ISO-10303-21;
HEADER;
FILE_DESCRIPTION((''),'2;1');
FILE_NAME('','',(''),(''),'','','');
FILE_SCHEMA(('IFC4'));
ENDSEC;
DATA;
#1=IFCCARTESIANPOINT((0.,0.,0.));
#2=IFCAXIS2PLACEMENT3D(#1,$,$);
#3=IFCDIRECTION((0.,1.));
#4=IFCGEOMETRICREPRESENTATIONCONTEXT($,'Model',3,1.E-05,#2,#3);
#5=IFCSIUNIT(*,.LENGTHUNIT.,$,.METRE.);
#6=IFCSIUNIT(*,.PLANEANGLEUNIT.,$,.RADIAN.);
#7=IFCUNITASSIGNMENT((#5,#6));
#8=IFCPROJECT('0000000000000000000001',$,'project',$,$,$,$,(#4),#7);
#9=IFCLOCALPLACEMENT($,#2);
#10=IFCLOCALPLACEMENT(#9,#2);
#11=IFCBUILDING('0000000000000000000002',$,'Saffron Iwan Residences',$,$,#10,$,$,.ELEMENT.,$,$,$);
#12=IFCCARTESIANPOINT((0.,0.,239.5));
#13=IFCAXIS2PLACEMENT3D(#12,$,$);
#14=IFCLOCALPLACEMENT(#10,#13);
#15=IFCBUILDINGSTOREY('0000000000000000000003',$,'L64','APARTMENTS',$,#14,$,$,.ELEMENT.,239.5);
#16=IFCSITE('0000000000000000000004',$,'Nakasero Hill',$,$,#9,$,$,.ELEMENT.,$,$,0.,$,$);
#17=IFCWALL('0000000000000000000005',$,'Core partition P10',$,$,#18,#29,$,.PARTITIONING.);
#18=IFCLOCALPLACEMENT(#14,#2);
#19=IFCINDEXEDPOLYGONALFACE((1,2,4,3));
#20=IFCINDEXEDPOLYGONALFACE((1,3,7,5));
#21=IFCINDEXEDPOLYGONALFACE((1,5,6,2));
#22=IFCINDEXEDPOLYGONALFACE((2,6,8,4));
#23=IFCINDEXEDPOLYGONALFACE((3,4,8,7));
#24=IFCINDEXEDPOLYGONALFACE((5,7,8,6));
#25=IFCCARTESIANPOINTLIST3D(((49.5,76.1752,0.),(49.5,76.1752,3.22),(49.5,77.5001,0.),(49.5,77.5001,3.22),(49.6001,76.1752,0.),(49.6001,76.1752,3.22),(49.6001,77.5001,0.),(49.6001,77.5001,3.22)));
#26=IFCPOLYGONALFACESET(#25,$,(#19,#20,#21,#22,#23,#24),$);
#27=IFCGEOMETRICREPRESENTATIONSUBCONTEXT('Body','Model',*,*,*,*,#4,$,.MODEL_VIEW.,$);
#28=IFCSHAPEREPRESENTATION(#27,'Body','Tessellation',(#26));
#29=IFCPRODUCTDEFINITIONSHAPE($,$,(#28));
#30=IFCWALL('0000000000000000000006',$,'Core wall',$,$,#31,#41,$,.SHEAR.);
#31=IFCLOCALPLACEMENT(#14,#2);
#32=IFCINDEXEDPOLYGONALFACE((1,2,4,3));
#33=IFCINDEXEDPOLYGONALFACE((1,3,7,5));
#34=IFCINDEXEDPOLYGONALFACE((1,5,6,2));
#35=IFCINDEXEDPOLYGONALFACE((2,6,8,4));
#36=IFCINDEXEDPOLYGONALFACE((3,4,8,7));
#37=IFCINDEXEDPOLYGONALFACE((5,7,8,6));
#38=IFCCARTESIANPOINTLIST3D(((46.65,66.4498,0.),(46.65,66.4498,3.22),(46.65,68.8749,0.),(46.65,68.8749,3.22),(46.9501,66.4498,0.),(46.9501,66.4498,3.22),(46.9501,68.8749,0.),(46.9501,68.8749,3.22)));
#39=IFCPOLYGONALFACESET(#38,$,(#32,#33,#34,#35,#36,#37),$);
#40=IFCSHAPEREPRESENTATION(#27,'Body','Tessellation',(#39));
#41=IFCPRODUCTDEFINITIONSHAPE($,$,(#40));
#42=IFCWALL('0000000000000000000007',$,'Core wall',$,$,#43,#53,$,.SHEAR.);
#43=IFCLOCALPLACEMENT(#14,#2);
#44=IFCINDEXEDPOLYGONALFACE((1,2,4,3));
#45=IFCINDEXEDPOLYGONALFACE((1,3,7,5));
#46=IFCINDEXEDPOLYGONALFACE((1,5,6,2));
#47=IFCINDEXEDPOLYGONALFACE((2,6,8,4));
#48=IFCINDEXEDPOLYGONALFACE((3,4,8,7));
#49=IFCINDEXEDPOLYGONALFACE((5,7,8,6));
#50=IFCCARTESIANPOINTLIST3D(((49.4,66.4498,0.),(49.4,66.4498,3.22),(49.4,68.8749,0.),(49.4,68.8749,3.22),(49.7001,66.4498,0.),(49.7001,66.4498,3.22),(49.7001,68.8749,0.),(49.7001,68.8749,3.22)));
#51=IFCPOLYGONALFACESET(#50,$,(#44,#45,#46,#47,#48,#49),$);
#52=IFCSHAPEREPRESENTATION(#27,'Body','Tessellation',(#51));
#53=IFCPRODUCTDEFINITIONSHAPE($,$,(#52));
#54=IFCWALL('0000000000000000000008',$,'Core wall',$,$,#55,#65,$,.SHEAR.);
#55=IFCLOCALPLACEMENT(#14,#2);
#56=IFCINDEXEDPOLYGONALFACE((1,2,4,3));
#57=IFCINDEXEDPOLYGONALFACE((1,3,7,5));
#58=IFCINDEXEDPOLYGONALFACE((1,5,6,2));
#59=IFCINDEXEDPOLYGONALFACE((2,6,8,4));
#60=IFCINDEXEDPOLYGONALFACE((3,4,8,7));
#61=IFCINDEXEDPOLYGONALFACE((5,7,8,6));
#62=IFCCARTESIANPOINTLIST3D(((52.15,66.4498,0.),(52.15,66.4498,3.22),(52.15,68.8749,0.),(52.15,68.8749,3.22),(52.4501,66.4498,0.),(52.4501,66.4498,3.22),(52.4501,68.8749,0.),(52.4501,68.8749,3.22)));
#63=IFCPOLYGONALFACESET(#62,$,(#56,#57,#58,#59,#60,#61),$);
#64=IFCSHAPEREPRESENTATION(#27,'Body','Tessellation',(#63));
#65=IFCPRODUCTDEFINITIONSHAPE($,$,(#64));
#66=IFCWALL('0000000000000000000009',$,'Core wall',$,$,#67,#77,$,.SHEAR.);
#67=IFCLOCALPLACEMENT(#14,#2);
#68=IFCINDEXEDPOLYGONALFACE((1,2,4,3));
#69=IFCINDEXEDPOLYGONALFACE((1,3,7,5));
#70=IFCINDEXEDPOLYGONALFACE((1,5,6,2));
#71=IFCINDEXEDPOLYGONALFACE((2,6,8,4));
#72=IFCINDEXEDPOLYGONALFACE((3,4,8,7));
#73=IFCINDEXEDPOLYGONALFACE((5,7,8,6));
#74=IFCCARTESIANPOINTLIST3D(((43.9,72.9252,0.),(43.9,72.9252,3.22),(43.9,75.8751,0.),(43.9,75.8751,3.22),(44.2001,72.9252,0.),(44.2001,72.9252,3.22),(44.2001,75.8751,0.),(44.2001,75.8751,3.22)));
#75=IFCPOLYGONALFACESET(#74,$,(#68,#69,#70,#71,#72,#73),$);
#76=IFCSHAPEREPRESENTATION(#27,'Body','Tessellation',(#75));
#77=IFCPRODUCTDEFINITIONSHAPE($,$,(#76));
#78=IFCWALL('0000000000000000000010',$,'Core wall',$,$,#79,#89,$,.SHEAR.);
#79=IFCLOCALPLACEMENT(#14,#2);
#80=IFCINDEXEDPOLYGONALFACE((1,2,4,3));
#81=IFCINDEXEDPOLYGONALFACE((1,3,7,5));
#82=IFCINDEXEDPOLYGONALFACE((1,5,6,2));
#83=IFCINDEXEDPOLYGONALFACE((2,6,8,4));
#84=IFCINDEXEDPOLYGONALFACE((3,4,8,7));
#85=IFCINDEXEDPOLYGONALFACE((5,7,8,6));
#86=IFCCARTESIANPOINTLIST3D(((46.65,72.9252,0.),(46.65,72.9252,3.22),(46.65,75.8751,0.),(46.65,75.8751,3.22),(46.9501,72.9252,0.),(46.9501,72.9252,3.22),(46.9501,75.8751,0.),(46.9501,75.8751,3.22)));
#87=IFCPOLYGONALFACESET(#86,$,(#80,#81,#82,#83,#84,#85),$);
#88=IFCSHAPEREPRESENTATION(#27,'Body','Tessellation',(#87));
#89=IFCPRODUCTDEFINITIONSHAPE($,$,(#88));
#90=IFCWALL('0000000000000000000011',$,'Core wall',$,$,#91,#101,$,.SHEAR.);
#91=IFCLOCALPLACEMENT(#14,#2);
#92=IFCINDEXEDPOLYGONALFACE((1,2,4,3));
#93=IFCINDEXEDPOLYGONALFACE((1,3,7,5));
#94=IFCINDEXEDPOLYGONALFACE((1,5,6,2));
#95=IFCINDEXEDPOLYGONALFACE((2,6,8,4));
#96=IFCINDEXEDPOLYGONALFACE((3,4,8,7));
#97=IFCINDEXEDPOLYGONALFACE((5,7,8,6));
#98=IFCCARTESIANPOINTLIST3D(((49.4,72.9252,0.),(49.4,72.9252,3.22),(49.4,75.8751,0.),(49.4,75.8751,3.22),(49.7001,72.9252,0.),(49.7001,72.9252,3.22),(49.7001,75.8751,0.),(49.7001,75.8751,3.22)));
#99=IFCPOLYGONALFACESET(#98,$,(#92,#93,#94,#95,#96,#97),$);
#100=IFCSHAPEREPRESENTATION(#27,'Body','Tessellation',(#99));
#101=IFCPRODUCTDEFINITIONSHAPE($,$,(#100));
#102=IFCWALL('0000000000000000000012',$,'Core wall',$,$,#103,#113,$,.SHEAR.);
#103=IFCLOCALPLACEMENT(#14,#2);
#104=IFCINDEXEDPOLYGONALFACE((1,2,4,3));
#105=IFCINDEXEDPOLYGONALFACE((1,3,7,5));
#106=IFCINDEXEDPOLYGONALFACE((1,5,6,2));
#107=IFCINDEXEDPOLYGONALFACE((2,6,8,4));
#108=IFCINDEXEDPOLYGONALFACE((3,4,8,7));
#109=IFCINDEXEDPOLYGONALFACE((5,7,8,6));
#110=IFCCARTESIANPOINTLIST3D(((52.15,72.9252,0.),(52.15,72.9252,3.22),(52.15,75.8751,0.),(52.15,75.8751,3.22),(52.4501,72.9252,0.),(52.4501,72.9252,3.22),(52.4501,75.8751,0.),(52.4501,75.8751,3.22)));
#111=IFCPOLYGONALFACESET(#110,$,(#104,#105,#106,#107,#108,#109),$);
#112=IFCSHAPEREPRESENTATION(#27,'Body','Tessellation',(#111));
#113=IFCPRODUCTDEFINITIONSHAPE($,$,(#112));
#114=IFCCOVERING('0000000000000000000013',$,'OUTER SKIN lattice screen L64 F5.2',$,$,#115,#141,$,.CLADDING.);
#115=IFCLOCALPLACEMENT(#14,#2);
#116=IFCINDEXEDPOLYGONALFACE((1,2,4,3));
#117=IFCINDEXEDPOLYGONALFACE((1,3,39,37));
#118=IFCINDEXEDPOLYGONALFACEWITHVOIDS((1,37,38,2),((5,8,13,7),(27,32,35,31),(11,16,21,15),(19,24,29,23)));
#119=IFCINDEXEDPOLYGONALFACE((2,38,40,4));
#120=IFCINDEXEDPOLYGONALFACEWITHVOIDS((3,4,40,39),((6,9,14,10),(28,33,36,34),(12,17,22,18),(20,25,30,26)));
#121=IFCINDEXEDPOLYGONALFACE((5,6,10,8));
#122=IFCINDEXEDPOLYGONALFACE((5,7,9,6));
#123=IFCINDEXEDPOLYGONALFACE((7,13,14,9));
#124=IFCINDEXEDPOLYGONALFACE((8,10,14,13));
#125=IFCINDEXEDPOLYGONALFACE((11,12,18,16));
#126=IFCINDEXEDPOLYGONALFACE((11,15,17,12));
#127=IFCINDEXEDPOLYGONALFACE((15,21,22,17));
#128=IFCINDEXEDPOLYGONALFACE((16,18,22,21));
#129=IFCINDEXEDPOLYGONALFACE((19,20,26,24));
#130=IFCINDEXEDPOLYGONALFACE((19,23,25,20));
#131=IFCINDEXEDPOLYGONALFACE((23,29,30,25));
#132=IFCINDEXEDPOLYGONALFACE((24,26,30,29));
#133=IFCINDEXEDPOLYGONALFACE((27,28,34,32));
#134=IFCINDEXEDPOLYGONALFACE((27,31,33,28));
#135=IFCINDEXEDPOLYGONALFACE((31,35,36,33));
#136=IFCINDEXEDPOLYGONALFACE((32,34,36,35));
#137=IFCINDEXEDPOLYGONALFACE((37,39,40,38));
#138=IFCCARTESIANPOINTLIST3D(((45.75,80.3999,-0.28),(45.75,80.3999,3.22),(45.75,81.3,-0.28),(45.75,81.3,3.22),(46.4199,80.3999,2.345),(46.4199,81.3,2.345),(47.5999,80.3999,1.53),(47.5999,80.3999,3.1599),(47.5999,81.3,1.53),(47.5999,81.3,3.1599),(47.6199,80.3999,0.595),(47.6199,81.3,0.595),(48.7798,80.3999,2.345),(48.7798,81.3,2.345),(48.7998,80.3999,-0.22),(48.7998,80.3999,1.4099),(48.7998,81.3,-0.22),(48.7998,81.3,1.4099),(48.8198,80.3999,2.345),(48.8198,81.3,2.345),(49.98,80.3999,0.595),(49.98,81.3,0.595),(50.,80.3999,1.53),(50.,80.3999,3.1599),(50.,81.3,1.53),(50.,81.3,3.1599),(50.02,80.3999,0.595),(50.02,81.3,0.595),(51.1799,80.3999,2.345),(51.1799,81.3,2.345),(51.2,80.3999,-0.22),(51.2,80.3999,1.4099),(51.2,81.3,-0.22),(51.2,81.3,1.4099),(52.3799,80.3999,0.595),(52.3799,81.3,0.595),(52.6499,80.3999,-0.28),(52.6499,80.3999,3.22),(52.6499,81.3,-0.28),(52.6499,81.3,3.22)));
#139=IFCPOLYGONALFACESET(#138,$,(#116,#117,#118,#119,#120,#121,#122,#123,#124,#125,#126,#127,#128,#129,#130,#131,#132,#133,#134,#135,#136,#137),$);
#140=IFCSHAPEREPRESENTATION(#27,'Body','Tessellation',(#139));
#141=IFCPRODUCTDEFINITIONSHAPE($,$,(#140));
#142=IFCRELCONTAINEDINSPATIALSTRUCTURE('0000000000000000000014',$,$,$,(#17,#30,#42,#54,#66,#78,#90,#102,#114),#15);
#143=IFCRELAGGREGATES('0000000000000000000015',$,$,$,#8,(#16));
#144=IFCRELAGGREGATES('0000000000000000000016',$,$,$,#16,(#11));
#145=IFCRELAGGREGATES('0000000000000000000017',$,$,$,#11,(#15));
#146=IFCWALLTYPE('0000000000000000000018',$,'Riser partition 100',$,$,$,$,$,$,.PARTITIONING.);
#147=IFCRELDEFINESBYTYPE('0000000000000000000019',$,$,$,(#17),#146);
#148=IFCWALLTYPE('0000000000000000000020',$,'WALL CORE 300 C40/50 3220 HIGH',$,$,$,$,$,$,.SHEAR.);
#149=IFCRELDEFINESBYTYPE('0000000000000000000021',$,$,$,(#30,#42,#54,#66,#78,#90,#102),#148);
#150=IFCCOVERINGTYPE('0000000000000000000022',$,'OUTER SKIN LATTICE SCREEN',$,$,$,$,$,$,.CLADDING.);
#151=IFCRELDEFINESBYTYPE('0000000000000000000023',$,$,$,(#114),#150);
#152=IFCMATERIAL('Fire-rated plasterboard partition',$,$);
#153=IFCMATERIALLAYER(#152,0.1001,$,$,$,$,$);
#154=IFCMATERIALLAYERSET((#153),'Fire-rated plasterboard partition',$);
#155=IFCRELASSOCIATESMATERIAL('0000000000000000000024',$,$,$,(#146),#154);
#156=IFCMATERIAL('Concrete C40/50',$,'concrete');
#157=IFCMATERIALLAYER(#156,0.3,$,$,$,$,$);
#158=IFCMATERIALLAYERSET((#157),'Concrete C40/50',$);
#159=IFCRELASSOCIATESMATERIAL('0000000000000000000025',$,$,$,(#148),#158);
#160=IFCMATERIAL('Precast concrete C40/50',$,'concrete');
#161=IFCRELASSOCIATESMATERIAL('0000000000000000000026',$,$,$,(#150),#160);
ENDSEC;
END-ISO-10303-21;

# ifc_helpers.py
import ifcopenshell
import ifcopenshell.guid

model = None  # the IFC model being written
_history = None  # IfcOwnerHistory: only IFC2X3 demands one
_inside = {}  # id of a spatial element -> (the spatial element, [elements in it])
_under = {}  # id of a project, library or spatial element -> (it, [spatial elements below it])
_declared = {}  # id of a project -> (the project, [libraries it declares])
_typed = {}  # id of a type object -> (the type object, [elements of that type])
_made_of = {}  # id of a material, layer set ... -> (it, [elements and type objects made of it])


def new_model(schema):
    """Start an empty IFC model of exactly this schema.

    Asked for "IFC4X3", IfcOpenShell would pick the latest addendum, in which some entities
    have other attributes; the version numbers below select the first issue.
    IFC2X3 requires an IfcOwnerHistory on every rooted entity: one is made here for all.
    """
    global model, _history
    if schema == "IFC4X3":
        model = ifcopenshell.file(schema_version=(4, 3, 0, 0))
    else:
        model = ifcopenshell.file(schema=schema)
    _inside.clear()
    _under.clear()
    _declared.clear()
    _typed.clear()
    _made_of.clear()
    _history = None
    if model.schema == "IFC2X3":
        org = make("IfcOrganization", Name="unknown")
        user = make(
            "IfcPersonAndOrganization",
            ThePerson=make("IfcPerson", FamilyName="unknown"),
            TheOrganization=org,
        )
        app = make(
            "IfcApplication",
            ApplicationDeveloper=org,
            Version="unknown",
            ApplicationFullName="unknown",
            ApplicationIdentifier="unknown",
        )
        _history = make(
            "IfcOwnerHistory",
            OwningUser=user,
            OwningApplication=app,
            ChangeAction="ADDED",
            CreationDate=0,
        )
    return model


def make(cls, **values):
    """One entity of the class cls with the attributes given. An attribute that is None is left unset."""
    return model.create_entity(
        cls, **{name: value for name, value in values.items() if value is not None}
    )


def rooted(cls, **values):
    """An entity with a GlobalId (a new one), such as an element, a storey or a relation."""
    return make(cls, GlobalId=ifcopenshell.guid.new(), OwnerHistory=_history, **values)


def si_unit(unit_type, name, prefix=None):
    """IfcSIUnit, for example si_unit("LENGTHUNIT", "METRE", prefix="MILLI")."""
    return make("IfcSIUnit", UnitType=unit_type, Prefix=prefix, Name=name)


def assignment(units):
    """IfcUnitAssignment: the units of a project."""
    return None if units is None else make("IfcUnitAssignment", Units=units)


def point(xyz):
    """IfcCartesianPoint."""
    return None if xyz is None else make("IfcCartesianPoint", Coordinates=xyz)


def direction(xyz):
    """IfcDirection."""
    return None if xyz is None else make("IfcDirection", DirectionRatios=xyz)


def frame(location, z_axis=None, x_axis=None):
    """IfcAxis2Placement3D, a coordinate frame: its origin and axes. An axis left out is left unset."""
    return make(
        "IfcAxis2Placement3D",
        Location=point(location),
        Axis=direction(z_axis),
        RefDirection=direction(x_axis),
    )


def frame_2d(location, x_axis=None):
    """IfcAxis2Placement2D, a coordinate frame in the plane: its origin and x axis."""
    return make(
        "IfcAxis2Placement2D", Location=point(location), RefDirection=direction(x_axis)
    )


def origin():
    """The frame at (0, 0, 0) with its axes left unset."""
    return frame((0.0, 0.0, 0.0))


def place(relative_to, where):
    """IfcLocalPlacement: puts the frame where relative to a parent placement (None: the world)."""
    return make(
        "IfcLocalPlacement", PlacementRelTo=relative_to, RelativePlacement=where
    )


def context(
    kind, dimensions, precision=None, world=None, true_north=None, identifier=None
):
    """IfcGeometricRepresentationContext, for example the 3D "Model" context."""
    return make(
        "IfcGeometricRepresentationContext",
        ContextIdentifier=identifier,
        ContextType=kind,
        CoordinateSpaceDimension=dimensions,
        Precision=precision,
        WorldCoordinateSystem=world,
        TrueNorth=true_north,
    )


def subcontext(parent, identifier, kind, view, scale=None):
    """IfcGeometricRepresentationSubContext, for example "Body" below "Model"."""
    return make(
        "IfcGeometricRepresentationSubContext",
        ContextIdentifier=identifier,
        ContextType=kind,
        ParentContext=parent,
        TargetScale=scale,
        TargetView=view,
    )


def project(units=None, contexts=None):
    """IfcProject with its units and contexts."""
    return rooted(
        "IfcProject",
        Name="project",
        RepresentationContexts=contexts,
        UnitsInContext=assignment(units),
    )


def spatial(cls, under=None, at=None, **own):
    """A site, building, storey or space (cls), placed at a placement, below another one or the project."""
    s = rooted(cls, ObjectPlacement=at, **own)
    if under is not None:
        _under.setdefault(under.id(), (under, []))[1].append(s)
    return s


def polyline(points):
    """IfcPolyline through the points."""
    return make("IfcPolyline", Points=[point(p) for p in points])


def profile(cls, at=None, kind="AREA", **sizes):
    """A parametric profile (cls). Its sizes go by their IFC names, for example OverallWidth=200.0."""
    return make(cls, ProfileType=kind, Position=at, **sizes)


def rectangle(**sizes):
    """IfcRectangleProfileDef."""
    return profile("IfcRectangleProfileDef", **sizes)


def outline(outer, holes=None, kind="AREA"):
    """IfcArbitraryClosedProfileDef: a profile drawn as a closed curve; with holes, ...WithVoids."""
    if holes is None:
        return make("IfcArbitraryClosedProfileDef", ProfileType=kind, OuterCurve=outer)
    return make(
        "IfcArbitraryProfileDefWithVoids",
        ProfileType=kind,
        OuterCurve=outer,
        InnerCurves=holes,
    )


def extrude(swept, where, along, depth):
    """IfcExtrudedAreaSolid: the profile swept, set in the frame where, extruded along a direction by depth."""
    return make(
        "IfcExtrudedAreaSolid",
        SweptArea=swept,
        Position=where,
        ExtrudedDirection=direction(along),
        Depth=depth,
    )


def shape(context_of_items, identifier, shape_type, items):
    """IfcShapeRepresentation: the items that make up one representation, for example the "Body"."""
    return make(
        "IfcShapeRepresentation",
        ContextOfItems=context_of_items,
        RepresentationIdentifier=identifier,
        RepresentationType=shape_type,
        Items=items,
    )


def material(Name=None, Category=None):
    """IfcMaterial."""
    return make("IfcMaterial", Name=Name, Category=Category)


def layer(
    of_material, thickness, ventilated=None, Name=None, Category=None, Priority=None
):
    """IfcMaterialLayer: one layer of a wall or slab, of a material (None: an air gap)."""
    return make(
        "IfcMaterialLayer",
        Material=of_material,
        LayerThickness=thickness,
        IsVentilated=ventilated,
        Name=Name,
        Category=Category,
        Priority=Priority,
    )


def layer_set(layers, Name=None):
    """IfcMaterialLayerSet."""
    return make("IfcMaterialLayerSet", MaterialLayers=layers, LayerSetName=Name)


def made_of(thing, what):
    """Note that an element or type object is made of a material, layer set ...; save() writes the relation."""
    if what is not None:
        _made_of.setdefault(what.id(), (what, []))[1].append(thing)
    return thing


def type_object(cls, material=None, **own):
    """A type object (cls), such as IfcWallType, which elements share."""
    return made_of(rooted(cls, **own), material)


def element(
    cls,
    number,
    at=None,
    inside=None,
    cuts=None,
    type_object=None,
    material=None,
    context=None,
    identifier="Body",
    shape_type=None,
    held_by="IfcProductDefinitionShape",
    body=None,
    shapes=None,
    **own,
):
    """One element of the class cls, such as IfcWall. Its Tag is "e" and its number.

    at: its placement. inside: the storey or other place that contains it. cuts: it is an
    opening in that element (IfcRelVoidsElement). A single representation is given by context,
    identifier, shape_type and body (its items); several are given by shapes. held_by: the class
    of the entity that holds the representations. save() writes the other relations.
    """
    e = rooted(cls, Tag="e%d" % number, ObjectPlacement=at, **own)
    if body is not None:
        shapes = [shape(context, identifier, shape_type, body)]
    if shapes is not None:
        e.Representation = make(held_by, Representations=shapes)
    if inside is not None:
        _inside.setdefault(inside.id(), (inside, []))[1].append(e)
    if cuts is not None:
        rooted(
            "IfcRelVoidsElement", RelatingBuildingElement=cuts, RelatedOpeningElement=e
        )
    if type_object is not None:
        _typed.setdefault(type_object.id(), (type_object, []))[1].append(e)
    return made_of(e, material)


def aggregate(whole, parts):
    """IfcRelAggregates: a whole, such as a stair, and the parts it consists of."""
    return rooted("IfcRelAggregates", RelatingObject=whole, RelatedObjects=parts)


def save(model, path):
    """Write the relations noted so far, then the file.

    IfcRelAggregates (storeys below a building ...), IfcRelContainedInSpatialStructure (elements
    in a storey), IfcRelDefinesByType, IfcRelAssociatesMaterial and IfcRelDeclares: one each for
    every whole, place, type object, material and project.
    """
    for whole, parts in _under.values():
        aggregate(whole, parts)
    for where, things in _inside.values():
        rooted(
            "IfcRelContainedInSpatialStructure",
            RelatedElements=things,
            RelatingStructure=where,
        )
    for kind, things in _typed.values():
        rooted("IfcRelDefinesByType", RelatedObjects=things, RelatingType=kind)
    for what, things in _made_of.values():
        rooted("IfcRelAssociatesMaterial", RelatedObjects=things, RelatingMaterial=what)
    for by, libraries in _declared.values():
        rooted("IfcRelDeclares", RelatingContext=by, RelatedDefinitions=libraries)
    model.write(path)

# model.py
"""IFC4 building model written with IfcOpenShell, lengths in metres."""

from ifc_helpers import new_model, si_unit, direction, frame, frame_2d, origin, place, context, subcontext, project, spatial, polyline, rectangle, outline, extrude, material, layer, layer_set, type_object, element, save


model = new_model("IFC4")

# Units and contexts
model_context = context("Model", 3, precision=1e-05, world=origin(), true_north=direction((0.0, 1.0)))
body_context = subcontext(model_context, "Body", "Model", "MODEL_VIEW")
ifc_project = project(units=[si_unit("LENGTHUNIT", "METRE"), si_unit("PLANEANGLEUNIT", "RADIAN")], contexts=[model_context])

# Site, building, storey
site_placement = place(None, origin())
site = spatial("IfcSite", under=ifc_project, at=site_placement, Name="Nakasero Hill", CompositionType="ELEMENT", RefElevation=0.0)
building_placement = place(site_placement, origin())
building = spatial("IfcBuilding", under=site, at=building_placement, Name="Saffron Iwan Residences", CompositionType="ELEMENT")
storey_placement = place(building_placement, frame((0.0, 0.0, 239.5)))
storey = spatial("IfcBuildingStorey", under=building, at=storey_placement, Name="L64", Description="APARTMENTS", CompositionType="ELEMENT", Elevation=239.5)

# Shared definitions
ifc_material_1 = material(Name="Concrete C40/50", Category="concrete")

# Shared definitions
ifc_material_2 = material(Name="Fire-rated plasterboard partition")

# Walls
ifc_layer_1 = layer(ifc_material_2, 0.1001)
ifc_layer_set_1 = layer_set([ifc_layer_1], Name="Fire-rated plasterboard partition")
wall_type_1 = type_object("IfcWallType", Name="Riser partition 100", PredefinedType="PARTITIONING", material=ifc_layer_set_1)
for number, where, z_axis, x_axis, name in (
    (1, (49.55, 76.175, 0.0), (0.0, 0.0, 1.0), (0.0, 1.0, 0.0), "Core partition P10"),
):
    element("IfcWall", number, at=place(storey_placement, frame(where, z_axis=z_axis, x_axis=x_axis)), inside=storey, type_object=wall_type_1, Name=name, PredefinedType="PARTITIONING", context=body_context, shape_type="SweptSolid", body=[
        extrude(rectangle(XDim=1.325, YDim=0.1001, at=frame_2d((0.6626, 0.0))), origin(), (0.0, 0.0, 1.0), 3.22),
    ])
ifc_layer_2 = layer(ifc_material_1, 0.3)
ifc_layer_set_2 = layer_set([ifc_layer_2], Name="Concrete C40/50")
wall_type_2 = type_object("IfcWallType", Name="WALL CORE 300 C40/50 3220 HIGH", PredefinedType="SHEAR", material=ifc_layer_set_2)
for number, where, z_axis, x_axis, name in (
    (2, (46.8, 66.45, 0.0), (0.0, 0.0, 1.0), (0.0, 1.0, 0.0), "Core wall"),
    (3, (49.55, 66.45, 0.0), (0.0, 0.0, 1.0), (0.0, 1.0, 0.0), "Core wall"),
    (4, (52.3, 66.45, 0.0), (0.0, 0.0, 1.0), (0.0, 1.0, 0.0), "Core wall"),
):
    element("IfcWall", number, at=place(storey_placement, frame(where, z_axis=z_axis, x_axis=x_axis)), inside=storey, type_object=wall_type_2, Name=name, PredefinedType="SHEAR", context=body_context, shape_type="SweptSolid", body=[
        extrude(rectangle(XDim=2.425, YDim=0.3, at=frame_2d((1.2124, 0.0))), origin(), (0.0, 0.0, 1.0), 3.22),
    ])
for number, where, z_axis, x_axis, name in (
    (5, (44.05, 72.925, 0.0), (0.0, 0.0, 1.0), (0.0, 1.0, 0.0), "Core wall"),
    (6, (46.8, 72.925, 0.0), (0.0, 0.0, 1.0), (0.0, 1.0, 0.0), "Core wall"),
    (7, (49.55, 72.925, 0.0), (0.0, 0.0, 1.0), (0.0, 1.0, 0.0), "Core wall"),
    (8, (52.3, 72.925, 0.0), (0.0, 0.0, 1.0), (0.0, 1.0, 0.0), "Core wall"),
):
    element("IfcWall", number, at=place(storey_placement, frame(where, z_axis=z_axis, x_axis=x_axis)), inside=storey, type_object=wall_type_2, Name=name, PredefinedType="SHEAR", context=body_context, shape_type="SweptSolid", body=[
        extrude(rectangle(XDim=2.95, YDim=0.3, at=frame_2d((1.4751, 0.0))), origin(), (0.0, 0.0, 1.0), 3.22),
    ])

# Covering
ifc_material_3 = material(Name="Precast concrete C40/50", Category="concrete")
covering_type_1 = type_object("IfcCoveringType", Name="OUTER SKIN LATTICE SCREEN", PredefinedType="CLADDING", material=ifc_material_3)
covering_placement = place(storey_placement, frame((52.6499, 80.3999, -0.28), z_axis=(0.0, 1.0, 0.0), x_axis=(-1.0, 0.0, 0.0)))
element("IfcCovering", 9, at=covering_placement, inside=storey, type_object=covering_type_1, Name="OUTER SKIN lattice screen L64 F5.2", PredefinedType="CLADDING", context=body_context, shape_type="SweptSolid", body=[
    extrude(outline(polyline([(0.0, 0.0), (6.8999, 0.0), (6.8999, 3.5), (0.0, 3.5), (0.0, 0.0)]), holes=[polyline([(0.27, 0.875), (1.45, 0.0601), (2.6299, 0.875), (1.45, 1.6899), (0.27, 0.875)]), polyline([(2.6699, 0.875), (3.8501, 0.0601), (5.03, 0.875), (3.8501, 1.6899), (2.6699, 0.875)]), polyline([(1.47, 2.625), (2.6499, 1.8101), (3.8301, 2.625), (2.6499, 3.4399), (1.47, 2.625)]), polyline([(3.8701, 2.625), (5.05, 1.8101), (6.23, 2.625), (5.05, 3.4399), (3.8701, 2.625)])]), origin(), (0.0, 0.0, 1.0), 0.9001),
])

save(model, "model.ifc")
